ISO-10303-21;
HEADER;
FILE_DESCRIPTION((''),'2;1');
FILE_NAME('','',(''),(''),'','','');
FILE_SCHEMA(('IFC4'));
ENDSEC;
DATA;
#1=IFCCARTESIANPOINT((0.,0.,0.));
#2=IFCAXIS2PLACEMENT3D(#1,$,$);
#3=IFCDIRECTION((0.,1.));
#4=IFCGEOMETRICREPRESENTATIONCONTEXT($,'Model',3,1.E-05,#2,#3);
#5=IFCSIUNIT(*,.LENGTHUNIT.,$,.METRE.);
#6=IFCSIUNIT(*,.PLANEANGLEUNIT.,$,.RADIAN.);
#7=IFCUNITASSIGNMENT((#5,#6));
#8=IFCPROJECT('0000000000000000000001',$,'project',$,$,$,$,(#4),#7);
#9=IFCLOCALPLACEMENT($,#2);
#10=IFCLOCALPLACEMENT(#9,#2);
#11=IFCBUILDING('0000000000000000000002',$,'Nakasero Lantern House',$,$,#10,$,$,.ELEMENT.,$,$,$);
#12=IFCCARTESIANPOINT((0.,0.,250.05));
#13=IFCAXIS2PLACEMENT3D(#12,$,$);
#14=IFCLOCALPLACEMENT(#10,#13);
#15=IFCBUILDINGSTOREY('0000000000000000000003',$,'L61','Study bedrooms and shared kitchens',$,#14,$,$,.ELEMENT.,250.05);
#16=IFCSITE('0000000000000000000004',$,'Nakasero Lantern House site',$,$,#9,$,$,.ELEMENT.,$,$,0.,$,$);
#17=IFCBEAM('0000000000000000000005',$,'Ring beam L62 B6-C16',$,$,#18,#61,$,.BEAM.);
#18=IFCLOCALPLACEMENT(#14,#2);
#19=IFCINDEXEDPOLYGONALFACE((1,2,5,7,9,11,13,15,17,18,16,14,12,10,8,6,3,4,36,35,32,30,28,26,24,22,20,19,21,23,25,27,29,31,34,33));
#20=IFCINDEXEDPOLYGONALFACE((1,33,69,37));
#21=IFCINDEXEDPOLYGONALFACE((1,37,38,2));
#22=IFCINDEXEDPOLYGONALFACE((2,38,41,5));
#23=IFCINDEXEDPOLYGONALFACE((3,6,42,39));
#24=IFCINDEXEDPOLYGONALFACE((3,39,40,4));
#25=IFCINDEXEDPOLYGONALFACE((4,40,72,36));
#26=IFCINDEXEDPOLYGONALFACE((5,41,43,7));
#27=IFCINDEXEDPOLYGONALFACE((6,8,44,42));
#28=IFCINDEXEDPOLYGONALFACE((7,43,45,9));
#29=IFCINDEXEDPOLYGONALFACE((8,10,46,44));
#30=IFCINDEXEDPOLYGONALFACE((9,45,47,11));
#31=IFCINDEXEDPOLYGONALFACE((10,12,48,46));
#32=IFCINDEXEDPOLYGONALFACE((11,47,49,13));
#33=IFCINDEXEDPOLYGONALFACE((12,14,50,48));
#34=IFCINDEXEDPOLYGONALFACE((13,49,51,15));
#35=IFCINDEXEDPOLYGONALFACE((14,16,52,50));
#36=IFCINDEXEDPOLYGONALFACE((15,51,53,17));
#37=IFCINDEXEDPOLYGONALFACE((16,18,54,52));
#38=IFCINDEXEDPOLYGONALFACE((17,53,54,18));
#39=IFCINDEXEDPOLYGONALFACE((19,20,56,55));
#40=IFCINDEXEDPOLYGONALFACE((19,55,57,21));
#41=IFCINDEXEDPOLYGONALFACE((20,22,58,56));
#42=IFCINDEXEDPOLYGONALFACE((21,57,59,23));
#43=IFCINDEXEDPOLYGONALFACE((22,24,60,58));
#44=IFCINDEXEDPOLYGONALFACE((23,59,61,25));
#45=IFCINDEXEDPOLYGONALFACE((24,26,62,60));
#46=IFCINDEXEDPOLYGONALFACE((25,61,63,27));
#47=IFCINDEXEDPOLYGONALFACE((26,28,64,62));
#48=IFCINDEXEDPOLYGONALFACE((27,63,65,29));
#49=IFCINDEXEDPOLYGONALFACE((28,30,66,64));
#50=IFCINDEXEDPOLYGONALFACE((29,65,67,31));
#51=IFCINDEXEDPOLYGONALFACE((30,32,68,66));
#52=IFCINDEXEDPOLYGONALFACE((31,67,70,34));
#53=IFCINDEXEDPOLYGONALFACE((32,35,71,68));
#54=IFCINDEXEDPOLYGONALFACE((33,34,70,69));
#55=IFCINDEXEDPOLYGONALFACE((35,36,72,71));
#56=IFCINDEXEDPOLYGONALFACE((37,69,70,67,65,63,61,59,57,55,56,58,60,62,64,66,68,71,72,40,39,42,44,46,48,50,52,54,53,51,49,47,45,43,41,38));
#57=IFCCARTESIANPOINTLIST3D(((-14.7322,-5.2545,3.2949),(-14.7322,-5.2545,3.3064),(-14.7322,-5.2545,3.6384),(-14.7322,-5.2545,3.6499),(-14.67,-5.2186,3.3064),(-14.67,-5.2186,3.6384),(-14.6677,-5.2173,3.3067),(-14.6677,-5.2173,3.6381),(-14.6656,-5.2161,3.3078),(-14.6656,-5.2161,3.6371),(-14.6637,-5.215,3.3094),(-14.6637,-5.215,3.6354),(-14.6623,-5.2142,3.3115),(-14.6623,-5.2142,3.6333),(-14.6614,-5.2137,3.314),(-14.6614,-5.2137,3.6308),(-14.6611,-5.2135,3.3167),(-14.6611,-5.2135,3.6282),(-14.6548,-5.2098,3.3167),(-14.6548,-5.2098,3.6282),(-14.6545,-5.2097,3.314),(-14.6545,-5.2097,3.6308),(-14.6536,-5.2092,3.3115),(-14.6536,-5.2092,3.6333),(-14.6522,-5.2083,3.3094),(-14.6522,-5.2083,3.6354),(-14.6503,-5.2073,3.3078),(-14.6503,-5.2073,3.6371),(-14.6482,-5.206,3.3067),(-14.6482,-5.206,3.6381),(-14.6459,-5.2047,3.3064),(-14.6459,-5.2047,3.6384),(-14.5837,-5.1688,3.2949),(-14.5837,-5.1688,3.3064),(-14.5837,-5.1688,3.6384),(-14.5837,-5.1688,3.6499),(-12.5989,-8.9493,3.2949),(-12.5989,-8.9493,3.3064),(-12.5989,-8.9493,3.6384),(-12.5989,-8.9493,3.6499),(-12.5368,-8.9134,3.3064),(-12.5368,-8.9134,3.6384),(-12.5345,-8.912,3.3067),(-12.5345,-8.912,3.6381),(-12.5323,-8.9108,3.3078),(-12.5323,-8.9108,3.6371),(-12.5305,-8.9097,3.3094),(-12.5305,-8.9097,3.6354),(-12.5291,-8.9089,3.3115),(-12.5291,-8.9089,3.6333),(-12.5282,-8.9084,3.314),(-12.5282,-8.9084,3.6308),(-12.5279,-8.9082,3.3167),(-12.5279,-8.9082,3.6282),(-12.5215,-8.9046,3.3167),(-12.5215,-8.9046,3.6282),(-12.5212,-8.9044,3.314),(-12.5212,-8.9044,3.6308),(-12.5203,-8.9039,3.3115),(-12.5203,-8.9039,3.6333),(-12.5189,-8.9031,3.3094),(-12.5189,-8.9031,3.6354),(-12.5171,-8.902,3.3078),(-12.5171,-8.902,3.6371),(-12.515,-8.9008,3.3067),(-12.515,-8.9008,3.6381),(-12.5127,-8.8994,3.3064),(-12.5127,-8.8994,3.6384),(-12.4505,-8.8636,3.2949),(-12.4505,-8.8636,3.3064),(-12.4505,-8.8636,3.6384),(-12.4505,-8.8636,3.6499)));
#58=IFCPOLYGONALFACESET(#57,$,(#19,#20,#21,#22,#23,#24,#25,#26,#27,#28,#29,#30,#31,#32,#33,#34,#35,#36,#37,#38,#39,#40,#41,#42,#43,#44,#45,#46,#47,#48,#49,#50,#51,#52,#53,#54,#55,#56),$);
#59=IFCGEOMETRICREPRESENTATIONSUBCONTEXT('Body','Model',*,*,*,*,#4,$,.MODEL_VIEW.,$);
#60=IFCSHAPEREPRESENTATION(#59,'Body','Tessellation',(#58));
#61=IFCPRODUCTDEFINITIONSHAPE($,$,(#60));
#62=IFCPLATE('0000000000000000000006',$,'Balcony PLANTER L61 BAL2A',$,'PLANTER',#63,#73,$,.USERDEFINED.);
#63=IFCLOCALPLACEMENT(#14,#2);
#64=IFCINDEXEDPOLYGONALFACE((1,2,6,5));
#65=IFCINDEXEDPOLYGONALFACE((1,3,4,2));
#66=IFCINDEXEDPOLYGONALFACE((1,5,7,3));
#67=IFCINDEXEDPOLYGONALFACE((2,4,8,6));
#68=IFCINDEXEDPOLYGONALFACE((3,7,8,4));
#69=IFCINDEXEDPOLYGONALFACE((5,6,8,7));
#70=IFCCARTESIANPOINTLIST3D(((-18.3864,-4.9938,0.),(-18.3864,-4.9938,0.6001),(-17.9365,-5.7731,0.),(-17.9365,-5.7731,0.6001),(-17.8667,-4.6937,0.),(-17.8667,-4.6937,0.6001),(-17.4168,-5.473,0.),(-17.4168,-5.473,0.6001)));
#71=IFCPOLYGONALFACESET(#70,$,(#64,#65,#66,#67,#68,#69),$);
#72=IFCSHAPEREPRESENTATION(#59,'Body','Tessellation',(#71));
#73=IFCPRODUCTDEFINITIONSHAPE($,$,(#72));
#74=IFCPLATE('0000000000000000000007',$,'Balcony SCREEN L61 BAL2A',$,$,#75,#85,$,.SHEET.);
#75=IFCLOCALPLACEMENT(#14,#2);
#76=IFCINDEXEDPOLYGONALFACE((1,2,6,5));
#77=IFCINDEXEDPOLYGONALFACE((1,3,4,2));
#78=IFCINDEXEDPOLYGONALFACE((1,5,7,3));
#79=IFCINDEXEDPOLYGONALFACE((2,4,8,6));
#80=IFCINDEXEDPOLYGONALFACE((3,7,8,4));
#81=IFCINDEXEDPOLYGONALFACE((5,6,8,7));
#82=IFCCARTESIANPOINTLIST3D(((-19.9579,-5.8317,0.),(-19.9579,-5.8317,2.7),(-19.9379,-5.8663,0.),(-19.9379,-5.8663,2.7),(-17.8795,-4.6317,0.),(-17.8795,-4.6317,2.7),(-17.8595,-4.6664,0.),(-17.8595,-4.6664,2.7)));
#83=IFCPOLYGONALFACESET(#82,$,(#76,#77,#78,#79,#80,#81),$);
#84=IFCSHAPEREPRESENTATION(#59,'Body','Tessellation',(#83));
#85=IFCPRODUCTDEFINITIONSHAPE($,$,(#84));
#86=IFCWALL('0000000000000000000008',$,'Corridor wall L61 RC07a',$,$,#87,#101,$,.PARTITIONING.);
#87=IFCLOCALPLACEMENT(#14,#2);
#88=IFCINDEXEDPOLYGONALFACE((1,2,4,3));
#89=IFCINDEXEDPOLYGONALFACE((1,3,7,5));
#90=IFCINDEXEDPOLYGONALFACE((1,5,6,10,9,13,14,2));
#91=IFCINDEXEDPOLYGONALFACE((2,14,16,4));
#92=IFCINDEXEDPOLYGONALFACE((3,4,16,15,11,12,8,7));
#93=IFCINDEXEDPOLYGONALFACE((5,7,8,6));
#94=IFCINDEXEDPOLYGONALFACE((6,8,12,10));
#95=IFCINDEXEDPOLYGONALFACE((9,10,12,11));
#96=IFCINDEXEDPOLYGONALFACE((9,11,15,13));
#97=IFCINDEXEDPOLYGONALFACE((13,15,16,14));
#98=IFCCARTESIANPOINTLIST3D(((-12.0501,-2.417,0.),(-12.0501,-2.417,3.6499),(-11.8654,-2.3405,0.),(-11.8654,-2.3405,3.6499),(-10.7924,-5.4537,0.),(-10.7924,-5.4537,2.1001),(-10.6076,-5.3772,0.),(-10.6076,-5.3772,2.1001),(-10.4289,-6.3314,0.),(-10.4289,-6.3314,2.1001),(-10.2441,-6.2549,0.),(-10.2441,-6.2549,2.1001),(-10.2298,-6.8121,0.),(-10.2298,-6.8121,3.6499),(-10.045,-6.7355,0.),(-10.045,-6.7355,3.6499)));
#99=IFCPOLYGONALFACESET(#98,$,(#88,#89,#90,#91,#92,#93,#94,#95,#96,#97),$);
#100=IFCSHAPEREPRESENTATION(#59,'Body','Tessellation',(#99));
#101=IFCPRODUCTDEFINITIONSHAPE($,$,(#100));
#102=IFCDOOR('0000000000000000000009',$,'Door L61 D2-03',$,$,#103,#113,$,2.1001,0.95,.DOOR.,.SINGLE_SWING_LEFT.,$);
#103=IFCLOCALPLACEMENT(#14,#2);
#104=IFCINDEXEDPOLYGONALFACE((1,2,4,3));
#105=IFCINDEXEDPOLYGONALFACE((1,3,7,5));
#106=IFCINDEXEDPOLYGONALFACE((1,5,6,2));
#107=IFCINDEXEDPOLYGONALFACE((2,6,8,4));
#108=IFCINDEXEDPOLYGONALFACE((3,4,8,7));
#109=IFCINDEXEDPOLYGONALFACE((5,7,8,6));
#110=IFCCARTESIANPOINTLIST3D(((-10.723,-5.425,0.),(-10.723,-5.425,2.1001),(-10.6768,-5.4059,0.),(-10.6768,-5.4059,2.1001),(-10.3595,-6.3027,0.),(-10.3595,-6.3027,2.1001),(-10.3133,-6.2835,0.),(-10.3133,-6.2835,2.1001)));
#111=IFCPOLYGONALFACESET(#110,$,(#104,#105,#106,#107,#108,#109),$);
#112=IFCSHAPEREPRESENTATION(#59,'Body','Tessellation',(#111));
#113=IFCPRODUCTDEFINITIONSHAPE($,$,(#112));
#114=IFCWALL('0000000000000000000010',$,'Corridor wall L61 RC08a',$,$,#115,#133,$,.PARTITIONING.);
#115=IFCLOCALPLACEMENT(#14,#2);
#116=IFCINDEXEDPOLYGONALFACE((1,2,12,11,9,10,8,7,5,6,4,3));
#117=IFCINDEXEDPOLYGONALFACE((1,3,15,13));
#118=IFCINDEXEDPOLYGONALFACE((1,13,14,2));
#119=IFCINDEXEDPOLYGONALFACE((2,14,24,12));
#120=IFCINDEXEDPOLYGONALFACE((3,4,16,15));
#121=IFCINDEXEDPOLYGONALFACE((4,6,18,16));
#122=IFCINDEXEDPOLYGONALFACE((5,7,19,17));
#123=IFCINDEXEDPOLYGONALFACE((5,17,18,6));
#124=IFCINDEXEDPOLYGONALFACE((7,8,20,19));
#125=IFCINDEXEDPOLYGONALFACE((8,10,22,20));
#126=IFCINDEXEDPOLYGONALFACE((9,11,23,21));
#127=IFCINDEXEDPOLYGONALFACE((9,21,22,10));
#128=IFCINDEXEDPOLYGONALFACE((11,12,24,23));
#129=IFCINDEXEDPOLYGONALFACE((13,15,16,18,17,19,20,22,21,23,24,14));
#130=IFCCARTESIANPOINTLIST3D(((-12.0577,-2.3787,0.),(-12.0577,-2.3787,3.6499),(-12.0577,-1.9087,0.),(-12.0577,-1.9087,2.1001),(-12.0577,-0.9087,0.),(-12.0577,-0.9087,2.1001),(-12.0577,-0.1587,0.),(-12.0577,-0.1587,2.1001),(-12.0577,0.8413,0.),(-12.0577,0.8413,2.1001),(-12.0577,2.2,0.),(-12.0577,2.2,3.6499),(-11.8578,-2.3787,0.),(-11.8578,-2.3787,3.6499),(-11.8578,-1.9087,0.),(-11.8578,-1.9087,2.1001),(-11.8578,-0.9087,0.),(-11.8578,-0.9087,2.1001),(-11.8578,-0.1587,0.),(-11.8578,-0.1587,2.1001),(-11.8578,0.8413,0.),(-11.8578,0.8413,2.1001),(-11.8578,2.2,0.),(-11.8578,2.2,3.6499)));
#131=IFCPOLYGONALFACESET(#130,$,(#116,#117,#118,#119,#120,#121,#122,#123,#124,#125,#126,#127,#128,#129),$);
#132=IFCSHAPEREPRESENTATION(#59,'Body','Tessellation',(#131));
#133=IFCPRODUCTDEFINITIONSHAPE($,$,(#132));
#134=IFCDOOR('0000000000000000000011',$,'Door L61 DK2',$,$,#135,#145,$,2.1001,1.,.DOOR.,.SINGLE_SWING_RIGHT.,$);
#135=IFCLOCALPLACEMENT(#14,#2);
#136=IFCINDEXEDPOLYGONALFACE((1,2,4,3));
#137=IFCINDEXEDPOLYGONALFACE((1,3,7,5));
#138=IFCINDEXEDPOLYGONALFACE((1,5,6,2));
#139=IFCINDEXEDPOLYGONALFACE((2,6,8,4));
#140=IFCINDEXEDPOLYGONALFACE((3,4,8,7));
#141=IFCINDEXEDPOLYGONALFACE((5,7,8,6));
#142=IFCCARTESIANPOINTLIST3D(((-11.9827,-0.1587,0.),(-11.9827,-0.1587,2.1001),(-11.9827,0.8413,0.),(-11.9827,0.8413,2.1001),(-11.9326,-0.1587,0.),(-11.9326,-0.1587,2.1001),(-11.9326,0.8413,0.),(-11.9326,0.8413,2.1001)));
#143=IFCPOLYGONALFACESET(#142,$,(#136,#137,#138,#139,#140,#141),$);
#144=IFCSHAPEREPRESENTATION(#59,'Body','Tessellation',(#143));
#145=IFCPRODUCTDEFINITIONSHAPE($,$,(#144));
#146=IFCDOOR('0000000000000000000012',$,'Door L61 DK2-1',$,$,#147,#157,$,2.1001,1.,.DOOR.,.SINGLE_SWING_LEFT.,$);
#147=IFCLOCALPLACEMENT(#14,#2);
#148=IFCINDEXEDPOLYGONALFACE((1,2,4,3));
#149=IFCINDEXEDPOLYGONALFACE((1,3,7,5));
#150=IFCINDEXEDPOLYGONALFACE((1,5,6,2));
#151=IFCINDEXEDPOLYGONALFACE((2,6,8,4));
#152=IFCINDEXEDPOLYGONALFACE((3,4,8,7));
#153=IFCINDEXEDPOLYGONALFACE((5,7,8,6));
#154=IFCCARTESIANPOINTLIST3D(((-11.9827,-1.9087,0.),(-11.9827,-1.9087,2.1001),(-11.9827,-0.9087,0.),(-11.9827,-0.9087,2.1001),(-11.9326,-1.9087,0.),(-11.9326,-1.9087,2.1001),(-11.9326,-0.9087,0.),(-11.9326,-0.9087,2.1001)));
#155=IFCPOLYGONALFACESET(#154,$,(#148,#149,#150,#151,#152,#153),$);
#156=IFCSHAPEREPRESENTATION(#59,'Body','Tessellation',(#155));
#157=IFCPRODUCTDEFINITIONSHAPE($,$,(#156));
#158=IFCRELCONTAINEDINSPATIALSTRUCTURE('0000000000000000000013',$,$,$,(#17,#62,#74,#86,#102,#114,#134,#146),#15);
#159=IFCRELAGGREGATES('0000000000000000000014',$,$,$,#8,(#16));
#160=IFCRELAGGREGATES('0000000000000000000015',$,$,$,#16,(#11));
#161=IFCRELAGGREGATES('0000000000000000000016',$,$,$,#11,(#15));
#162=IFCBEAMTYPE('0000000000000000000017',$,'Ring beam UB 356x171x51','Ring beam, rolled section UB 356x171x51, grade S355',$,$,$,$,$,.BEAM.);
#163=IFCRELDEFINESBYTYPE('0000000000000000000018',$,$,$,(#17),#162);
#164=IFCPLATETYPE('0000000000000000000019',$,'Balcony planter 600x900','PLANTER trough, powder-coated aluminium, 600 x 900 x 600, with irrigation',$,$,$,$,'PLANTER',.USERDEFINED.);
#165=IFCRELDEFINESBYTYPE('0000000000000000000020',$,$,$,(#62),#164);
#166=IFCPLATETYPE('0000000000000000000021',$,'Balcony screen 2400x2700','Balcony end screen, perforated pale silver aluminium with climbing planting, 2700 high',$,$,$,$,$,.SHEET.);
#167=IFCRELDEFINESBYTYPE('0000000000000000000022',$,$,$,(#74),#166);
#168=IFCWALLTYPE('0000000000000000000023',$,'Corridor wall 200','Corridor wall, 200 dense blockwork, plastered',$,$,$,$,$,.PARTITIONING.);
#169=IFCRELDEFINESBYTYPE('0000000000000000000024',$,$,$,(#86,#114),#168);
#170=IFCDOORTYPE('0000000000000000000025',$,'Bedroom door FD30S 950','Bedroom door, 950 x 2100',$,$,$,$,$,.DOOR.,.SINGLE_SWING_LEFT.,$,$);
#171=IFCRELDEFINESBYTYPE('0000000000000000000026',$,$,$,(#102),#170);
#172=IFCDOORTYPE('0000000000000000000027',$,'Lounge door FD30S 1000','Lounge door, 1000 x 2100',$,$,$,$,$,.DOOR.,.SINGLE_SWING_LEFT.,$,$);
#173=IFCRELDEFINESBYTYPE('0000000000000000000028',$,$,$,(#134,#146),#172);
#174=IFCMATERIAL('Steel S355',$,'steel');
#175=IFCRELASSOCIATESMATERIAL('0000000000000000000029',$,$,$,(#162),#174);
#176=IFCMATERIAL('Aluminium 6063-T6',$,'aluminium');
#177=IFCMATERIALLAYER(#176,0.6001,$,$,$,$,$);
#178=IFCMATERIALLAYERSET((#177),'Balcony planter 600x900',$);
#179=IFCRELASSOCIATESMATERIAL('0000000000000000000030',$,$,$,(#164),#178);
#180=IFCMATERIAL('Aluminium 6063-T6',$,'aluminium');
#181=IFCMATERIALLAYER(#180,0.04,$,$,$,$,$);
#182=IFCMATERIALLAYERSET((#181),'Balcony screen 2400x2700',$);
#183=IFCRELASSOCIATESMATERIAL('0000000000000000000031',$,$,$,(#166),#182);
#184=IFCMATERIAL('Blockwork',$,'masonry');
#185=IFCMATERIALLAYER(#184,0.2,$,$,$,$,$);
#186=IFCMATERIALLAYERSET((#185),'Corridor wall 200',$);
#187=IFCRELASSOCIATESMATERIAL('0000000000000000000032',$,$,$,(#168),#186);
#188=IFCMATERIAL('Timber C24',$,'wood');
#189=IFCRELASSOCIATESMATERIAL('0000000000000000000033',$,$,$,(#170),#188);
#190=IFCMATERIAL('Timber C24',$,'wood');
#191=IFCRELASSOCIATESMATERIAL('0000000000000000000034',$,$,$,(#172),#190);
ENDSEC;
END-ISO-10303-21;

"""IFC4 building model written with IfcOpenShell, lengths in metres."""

from ifc_helpers import new_model, si_unit, direction, frame, frame_2d, origin, origin_2d, place, context, subcontext, project, spatial, rectangle, i_section, extrude, material, layer, layer_set, material_profile, profile_set, type_object, element, fill, save


model = new_model("IFC4")

# Units and contexts
model_context = context("Model", 3, precision=1e-05, world=origin(), true_north=direction((0.0, 1.0)))
body_context = subcontext(model_context, "Body", "Model", "MODEL_VIEW")
ifc_project = project(units=[si_unit("LENGTHUNIT", "METRE"), si_unit("PLANEANGLEUNIT", "RADIAN")], contexts=[model_context])

# Site, building, storey
site_placement = place(None, origin())
site = spatial("IfcSite", under=ifc_project, at=site_placement, Name="Nakasero Lantern House site", CompositionType="ELEMENT", RefElevation=0.0)
building_placement = place(site_placement, origin())
building = spatial("IfcBuilding", under=site, at=building_placement, Name="Nakasero Lantern House", CompositionType="ELEMENT")
storey_placement = place(building_placement, frame((0.0, 0.0, 250.05)))
storey = spatial("IfcBuildingStorey", under=building, at=storey_placement, Name="L61", Description="Study bedrooms and shared kitchens", CompositionType="ELEMENT", Elevation=250.05)

# Beam
ifc_material_1 = material(Name="Steel S355", Category="steel")
ifc_material_profile_1 = material_profile(ifc_material_1, i_section(OverallWidth=0.1714, OverallDepth=0.355, WebThickness=0.0073, FlangeThickness=0.0115, FilletRadius=0.0103, at=origin_2d()), Name="UB 356x171x51")
ifc_profile_set_1 = profile_set([ifc_material_profile_1], Name="Steel S355")
beam_type_1 = type_object("IfcBeamType", Name="Ring beam UB 356x171x51", Description="Ring beam, rolled section UB 356x171x51, grade S355", PredefinedType="BEAM", material=ifc_profile_set_1)
beam_1_placement = place(storey_placement, frame((-14.658, -5.2117, 3.4724), z_axis=(0.500016, -0.866016, 0.0), x_axis=(0.866016, 0.500016, 0.0)))
element("IfcBeam", 1, at=beam_1_placement, inside=storey, type_object=beam_type_1, Name="Ring beam L62 B6-C16", PredefinedType="BEAM", context=body_context, shape_type="SweptSolid", body=[
    extrude(i_section(OverallWidth=0.1714, OverallDepth=0.355, WebThickness=0.0073, FlangeThickness=0.0115, FilletRadius=0.0103, at=origin_2d()), origin(), (0.0, 0.0, 1.0), 4.2664),
])

# Plates
ifc_material_2 = material(Name="Aluminium 6063-T6", Category="aluminium")
ifc_layer_1 = layer(ifc_material_2, 0.6001)
ifc_layer_set_1 = layer_set([ifc_layer_1], Name="Balcony planter 600x900")
plate_type_1 = type_object("IfcPlateType", Name="Balcony planter 600x900", Description="PLANTER trough, powder-coated aluminium, 600 x 900 x 600, with irrigation", ElementType="PLANTER", PredefinedType="USERDEFINED", material=ifc_layer_set_1)
plate_1_placement = place(storey_placement, frame((-17.9016, -5.2334, 0.0), z_axis=(0.0, 0.0, 1.0), x_axis=(-0.866025, -0.5, 0.0)))
element("IfcPlate", 2, at=plate_1_placement, inside=storey, type_object=plate_type_1, Name="Balcony PLANTER L61 BAL2A", ObjectType="PLANTER", PredefinedType="USERDEFINED", context=body_context, shape_type="SweptSolid", body=[
    extrude(rectangle(XDim=0.6001, YDim=0.8999, at=origin_2d()), origin(), (0.0, 0.0, 1.0), 0.6001),
])
ifc_material_3 = material(Name="Aluminium 6063-T6", Category="aluminium")
ifc_layer_2 = layer(ifc_material_3, 0.04)
ifc_layer_set_2 = layer_set([ifc_layer_2], Name="Balcony screen 2400x2700")
plate_type_2 = type_object("IfcPlateType", Name="Balcony screen 2400x2700", Description="Balcony end screen, perforated pale silver aluminium with climbing planting, 2700 high", PredefinedType="SHEET", material=ifc_layer_set_2)
plate_2_placement = place(storey_placement, frame((-18.9087, -5.249, 0.0), z_axis=(0.0, 0.0, 1.0), x_axis=(-0.866025, -0.5, 0.0)))
element("IfcPlate", 3, at=plate_2_placement, inside=storey, type_object=plate_type_2, Name="Balcony SCREEN L61 BAL2A", PredefinedType="SHEET", context=body_context, shape_type="SweptSolid", body=[
    extrude(rectangle(XDim=2.3999, YDim=0.04, at=origin_2d()), origin(), (0.0, 0.0, 1.0), 2.7),
])

# Wall, opening, door
ifc_material_4 = material(Name="Blockwork", Category="masonry")
ifc_layer_3 = layer(ifc_material_4, 0.2)
ifc_layer_set_3 = layer_set([ifc_layer_3], Name="Corridor wall 200")
wall_type_1 = type_object("IfcWallType", Name="Corridor wall 200", Description="Corridor wall, 200 dense blockwork, plastered", PredefinedType="PARTITIONING", material=ifc_layer_set_3)
wall_1_placement = place(storey_placement, frame((-10.1375, -6.7737, 0.0), z_axis=(0.0, 0.0, 1.0), x_axis=(-0.382654, 0.923892, 0.0)))
wall_1 = element("IfcWall", 4, at=wall_1_placement, inside=storey, type_object=wall_type_1, Name="Corridor wall L61 RC07a", PredefinedType="PARTITIONING", context=body_context, shape_type="SweptSolid", body=[
    extrude(rectangle(XDim=4.7571, YDim=0.2, at=frame_2d((2.3784, 0.0))), origin(), (0.0, 0.0, 1.0), 3.6499),
])
opening_1_placement = place(wall_1_placement, frame((0.52, 0.0, 0.0)))
opening_1 = element("IfcOpeningElement", 5, at=opening_1_placement, cuts=wall_1, PredefinedType="OPENING", context=body_context, shape_type="SweptSolid", body=[
    extrude(rectangle(XDim=0.95, YDim=2.1001, at=frame_2d((0.4751, 1.05))), frame((0.0, 0.1199, 0.0), z_axis=(0.0, -1.0, 0.0), x_axis=(1.0, 0.0, 0.0)), (0.0, 0.0, 1.0), 0.24),
])
ifc_material_5 = material(Name="Timber C24", Category="wood")
door_type_1 = type_object("IfcDoorType", Name="Bedroom door FD30S 950", Description="Bedroom door, 950 x 2100", OperationType="SINGLE_SWING_LEFT", PredefinedType="DOOR", material=ifc_material_5)
door_1_placement = place(opening_1_placement, origin())
door_1 = element("IfcDoor", 6, at=door_1_placement, inside=storey, type_object=door_type_1, Name="Door L61 D2-03", OperationType="SINGLE_SWING_LEFT", OverallHeight=2.1001, OverallWidth=0.95, PredefinedType="DOOR", context=body_context, shape_type="SweptSolid", body=[
    extrude(rectangle(XDim=0.95, YDim=2.1001, at=frame_2d((0.4751, 1.05))), frame((0.0, 0.0249, 0.0), z_axis=(0.0, -1.0, 0.0), x_axis=(1.0, 0.0, 0.0)), (0.0, 0.0, 1.0), 0.05),
])
fill(opening_1, door_1)

# Wall, openings, doors
wall_2_placement = place(storey_placement, frame((-11.9578, -2.3787, 0.0), z_axis=(0.0, 0.0, 1.0), x_axis=(0.0, 1.0, 0.0)))
wall_2 = element("IfcWall", 7, at=wall_2_placement, inside=storey, type_object=wall_type_1, Name="Corridor wall L61 RC08a", PredefinedType="PARTITIONING", context=body_context, shape_type="SweptSolid", body=[
    extrude(rectangle(XDim=4.5786, YDim=0.2, at=frame_2d((2.2893, 0.0))), origin(), (0.0, 0.0, 1.0), 3.6499),
])
opening_2_placement = place(wall_2_placement, frame((2.22, 0.0, 0.0)))
opening_2 = element("IfcOpeningElement", 8, at=opening_2_placement, cuts=wall_2, PredefinedType="OPENING", context=body_context, shape_type="SweptSolid", body=[
    extrude(rectangle(XDim=1.0, YDim=2.1001, at=frame_2d((0.5, 1.05))), frame((0.0, 0.1199, 0.0), z_axis=(0.0, -1.0, 0.0), x_axis=(1.0, 0.0, 0.0)), (0.0, 0.0, 1.0), 0.24),
])
opening_3_placement = place(wall_2_placement, frame((0.47, 0.0, 0.0)))
opening_3 = element("IfcOpeningElement", 9, at=opening_3_placement, cuts=wall_2, PredefinedType="OPENING", context=body_context, shape_type="SweptSolid", body=[
    extrude(rectangle(XDim=1.0, YDim=2.1001, at=frame_2d((0.5, 1.05))), frame((0.0, 0.1199, 0.0), z_axis=(0.0, -1.0, 0.0), x_axis=(1.0, 0.0, 0.0)), (0.0, 0.0, 1.0), 0.24),
])
ifc_material_6 = material(Name="Timber C24", Category="wood")
door_type_2 = type_object("IfcDoorType", Name="Lounge door FD30S 1000", Description="Lounge door, 1000 x 2100", OperationType="SINGLE_SWING_LEFT", PredefinedType="DOOR", material=ifc_material_6)
door_2_placement = place(opening_2_placement, origin())
door_2 = element("IfcDoor", 10, at=door_2_placement, inside=storey, type_object=door_type_2, Name="Door L61 DK2", OperationType="SINGLE_SWING_RIGHT", OverallHeight=2.1001, OverallWidth=1.0, PredefinedType="DOOR", context=body_context, shape_type="SweptSolid", body=[
    extrude(rectangle(XDim=1.0, YDim=2.1001, at=frame_2d((0.5, 1.05))), frame((0.0, 0.0249, 0.0), z_axis=(0.0, -1.0, 0.0), x_axis=(1.0, 0.0, 0.0)), (0.0, 0.0, 1.0), 0.05),
])
fill(opening_2, door_2)
door_3_placement = place(opening_3_placement, origin())
door_3 = element("IfcDoor", 11, at=door_3_placement, inside=storey, type_object=door_type_2, Name="Door L61 DK2-1", OperationType="SINGLE_SWING_LEFT", OverallHeight=2.1001, OverallWidth=1.0, PredefinedType="DOOR", context=body_context, shape_type="SweptSolid", body=[
    extrude(rectangle(XDim=1.0, YDim=2.1001, at=frame_2d((0.5, 1.05))), frame((0.0, 0.0249, 0.0), z_axis=(0.0, -1.0, 0.0), x_axis=(1.0, 0.0, 0.0)), (0.0, 0.0, 1.0), 0.05),
])
fill(opening_3, door_3)

save(model, "model.ifc")
